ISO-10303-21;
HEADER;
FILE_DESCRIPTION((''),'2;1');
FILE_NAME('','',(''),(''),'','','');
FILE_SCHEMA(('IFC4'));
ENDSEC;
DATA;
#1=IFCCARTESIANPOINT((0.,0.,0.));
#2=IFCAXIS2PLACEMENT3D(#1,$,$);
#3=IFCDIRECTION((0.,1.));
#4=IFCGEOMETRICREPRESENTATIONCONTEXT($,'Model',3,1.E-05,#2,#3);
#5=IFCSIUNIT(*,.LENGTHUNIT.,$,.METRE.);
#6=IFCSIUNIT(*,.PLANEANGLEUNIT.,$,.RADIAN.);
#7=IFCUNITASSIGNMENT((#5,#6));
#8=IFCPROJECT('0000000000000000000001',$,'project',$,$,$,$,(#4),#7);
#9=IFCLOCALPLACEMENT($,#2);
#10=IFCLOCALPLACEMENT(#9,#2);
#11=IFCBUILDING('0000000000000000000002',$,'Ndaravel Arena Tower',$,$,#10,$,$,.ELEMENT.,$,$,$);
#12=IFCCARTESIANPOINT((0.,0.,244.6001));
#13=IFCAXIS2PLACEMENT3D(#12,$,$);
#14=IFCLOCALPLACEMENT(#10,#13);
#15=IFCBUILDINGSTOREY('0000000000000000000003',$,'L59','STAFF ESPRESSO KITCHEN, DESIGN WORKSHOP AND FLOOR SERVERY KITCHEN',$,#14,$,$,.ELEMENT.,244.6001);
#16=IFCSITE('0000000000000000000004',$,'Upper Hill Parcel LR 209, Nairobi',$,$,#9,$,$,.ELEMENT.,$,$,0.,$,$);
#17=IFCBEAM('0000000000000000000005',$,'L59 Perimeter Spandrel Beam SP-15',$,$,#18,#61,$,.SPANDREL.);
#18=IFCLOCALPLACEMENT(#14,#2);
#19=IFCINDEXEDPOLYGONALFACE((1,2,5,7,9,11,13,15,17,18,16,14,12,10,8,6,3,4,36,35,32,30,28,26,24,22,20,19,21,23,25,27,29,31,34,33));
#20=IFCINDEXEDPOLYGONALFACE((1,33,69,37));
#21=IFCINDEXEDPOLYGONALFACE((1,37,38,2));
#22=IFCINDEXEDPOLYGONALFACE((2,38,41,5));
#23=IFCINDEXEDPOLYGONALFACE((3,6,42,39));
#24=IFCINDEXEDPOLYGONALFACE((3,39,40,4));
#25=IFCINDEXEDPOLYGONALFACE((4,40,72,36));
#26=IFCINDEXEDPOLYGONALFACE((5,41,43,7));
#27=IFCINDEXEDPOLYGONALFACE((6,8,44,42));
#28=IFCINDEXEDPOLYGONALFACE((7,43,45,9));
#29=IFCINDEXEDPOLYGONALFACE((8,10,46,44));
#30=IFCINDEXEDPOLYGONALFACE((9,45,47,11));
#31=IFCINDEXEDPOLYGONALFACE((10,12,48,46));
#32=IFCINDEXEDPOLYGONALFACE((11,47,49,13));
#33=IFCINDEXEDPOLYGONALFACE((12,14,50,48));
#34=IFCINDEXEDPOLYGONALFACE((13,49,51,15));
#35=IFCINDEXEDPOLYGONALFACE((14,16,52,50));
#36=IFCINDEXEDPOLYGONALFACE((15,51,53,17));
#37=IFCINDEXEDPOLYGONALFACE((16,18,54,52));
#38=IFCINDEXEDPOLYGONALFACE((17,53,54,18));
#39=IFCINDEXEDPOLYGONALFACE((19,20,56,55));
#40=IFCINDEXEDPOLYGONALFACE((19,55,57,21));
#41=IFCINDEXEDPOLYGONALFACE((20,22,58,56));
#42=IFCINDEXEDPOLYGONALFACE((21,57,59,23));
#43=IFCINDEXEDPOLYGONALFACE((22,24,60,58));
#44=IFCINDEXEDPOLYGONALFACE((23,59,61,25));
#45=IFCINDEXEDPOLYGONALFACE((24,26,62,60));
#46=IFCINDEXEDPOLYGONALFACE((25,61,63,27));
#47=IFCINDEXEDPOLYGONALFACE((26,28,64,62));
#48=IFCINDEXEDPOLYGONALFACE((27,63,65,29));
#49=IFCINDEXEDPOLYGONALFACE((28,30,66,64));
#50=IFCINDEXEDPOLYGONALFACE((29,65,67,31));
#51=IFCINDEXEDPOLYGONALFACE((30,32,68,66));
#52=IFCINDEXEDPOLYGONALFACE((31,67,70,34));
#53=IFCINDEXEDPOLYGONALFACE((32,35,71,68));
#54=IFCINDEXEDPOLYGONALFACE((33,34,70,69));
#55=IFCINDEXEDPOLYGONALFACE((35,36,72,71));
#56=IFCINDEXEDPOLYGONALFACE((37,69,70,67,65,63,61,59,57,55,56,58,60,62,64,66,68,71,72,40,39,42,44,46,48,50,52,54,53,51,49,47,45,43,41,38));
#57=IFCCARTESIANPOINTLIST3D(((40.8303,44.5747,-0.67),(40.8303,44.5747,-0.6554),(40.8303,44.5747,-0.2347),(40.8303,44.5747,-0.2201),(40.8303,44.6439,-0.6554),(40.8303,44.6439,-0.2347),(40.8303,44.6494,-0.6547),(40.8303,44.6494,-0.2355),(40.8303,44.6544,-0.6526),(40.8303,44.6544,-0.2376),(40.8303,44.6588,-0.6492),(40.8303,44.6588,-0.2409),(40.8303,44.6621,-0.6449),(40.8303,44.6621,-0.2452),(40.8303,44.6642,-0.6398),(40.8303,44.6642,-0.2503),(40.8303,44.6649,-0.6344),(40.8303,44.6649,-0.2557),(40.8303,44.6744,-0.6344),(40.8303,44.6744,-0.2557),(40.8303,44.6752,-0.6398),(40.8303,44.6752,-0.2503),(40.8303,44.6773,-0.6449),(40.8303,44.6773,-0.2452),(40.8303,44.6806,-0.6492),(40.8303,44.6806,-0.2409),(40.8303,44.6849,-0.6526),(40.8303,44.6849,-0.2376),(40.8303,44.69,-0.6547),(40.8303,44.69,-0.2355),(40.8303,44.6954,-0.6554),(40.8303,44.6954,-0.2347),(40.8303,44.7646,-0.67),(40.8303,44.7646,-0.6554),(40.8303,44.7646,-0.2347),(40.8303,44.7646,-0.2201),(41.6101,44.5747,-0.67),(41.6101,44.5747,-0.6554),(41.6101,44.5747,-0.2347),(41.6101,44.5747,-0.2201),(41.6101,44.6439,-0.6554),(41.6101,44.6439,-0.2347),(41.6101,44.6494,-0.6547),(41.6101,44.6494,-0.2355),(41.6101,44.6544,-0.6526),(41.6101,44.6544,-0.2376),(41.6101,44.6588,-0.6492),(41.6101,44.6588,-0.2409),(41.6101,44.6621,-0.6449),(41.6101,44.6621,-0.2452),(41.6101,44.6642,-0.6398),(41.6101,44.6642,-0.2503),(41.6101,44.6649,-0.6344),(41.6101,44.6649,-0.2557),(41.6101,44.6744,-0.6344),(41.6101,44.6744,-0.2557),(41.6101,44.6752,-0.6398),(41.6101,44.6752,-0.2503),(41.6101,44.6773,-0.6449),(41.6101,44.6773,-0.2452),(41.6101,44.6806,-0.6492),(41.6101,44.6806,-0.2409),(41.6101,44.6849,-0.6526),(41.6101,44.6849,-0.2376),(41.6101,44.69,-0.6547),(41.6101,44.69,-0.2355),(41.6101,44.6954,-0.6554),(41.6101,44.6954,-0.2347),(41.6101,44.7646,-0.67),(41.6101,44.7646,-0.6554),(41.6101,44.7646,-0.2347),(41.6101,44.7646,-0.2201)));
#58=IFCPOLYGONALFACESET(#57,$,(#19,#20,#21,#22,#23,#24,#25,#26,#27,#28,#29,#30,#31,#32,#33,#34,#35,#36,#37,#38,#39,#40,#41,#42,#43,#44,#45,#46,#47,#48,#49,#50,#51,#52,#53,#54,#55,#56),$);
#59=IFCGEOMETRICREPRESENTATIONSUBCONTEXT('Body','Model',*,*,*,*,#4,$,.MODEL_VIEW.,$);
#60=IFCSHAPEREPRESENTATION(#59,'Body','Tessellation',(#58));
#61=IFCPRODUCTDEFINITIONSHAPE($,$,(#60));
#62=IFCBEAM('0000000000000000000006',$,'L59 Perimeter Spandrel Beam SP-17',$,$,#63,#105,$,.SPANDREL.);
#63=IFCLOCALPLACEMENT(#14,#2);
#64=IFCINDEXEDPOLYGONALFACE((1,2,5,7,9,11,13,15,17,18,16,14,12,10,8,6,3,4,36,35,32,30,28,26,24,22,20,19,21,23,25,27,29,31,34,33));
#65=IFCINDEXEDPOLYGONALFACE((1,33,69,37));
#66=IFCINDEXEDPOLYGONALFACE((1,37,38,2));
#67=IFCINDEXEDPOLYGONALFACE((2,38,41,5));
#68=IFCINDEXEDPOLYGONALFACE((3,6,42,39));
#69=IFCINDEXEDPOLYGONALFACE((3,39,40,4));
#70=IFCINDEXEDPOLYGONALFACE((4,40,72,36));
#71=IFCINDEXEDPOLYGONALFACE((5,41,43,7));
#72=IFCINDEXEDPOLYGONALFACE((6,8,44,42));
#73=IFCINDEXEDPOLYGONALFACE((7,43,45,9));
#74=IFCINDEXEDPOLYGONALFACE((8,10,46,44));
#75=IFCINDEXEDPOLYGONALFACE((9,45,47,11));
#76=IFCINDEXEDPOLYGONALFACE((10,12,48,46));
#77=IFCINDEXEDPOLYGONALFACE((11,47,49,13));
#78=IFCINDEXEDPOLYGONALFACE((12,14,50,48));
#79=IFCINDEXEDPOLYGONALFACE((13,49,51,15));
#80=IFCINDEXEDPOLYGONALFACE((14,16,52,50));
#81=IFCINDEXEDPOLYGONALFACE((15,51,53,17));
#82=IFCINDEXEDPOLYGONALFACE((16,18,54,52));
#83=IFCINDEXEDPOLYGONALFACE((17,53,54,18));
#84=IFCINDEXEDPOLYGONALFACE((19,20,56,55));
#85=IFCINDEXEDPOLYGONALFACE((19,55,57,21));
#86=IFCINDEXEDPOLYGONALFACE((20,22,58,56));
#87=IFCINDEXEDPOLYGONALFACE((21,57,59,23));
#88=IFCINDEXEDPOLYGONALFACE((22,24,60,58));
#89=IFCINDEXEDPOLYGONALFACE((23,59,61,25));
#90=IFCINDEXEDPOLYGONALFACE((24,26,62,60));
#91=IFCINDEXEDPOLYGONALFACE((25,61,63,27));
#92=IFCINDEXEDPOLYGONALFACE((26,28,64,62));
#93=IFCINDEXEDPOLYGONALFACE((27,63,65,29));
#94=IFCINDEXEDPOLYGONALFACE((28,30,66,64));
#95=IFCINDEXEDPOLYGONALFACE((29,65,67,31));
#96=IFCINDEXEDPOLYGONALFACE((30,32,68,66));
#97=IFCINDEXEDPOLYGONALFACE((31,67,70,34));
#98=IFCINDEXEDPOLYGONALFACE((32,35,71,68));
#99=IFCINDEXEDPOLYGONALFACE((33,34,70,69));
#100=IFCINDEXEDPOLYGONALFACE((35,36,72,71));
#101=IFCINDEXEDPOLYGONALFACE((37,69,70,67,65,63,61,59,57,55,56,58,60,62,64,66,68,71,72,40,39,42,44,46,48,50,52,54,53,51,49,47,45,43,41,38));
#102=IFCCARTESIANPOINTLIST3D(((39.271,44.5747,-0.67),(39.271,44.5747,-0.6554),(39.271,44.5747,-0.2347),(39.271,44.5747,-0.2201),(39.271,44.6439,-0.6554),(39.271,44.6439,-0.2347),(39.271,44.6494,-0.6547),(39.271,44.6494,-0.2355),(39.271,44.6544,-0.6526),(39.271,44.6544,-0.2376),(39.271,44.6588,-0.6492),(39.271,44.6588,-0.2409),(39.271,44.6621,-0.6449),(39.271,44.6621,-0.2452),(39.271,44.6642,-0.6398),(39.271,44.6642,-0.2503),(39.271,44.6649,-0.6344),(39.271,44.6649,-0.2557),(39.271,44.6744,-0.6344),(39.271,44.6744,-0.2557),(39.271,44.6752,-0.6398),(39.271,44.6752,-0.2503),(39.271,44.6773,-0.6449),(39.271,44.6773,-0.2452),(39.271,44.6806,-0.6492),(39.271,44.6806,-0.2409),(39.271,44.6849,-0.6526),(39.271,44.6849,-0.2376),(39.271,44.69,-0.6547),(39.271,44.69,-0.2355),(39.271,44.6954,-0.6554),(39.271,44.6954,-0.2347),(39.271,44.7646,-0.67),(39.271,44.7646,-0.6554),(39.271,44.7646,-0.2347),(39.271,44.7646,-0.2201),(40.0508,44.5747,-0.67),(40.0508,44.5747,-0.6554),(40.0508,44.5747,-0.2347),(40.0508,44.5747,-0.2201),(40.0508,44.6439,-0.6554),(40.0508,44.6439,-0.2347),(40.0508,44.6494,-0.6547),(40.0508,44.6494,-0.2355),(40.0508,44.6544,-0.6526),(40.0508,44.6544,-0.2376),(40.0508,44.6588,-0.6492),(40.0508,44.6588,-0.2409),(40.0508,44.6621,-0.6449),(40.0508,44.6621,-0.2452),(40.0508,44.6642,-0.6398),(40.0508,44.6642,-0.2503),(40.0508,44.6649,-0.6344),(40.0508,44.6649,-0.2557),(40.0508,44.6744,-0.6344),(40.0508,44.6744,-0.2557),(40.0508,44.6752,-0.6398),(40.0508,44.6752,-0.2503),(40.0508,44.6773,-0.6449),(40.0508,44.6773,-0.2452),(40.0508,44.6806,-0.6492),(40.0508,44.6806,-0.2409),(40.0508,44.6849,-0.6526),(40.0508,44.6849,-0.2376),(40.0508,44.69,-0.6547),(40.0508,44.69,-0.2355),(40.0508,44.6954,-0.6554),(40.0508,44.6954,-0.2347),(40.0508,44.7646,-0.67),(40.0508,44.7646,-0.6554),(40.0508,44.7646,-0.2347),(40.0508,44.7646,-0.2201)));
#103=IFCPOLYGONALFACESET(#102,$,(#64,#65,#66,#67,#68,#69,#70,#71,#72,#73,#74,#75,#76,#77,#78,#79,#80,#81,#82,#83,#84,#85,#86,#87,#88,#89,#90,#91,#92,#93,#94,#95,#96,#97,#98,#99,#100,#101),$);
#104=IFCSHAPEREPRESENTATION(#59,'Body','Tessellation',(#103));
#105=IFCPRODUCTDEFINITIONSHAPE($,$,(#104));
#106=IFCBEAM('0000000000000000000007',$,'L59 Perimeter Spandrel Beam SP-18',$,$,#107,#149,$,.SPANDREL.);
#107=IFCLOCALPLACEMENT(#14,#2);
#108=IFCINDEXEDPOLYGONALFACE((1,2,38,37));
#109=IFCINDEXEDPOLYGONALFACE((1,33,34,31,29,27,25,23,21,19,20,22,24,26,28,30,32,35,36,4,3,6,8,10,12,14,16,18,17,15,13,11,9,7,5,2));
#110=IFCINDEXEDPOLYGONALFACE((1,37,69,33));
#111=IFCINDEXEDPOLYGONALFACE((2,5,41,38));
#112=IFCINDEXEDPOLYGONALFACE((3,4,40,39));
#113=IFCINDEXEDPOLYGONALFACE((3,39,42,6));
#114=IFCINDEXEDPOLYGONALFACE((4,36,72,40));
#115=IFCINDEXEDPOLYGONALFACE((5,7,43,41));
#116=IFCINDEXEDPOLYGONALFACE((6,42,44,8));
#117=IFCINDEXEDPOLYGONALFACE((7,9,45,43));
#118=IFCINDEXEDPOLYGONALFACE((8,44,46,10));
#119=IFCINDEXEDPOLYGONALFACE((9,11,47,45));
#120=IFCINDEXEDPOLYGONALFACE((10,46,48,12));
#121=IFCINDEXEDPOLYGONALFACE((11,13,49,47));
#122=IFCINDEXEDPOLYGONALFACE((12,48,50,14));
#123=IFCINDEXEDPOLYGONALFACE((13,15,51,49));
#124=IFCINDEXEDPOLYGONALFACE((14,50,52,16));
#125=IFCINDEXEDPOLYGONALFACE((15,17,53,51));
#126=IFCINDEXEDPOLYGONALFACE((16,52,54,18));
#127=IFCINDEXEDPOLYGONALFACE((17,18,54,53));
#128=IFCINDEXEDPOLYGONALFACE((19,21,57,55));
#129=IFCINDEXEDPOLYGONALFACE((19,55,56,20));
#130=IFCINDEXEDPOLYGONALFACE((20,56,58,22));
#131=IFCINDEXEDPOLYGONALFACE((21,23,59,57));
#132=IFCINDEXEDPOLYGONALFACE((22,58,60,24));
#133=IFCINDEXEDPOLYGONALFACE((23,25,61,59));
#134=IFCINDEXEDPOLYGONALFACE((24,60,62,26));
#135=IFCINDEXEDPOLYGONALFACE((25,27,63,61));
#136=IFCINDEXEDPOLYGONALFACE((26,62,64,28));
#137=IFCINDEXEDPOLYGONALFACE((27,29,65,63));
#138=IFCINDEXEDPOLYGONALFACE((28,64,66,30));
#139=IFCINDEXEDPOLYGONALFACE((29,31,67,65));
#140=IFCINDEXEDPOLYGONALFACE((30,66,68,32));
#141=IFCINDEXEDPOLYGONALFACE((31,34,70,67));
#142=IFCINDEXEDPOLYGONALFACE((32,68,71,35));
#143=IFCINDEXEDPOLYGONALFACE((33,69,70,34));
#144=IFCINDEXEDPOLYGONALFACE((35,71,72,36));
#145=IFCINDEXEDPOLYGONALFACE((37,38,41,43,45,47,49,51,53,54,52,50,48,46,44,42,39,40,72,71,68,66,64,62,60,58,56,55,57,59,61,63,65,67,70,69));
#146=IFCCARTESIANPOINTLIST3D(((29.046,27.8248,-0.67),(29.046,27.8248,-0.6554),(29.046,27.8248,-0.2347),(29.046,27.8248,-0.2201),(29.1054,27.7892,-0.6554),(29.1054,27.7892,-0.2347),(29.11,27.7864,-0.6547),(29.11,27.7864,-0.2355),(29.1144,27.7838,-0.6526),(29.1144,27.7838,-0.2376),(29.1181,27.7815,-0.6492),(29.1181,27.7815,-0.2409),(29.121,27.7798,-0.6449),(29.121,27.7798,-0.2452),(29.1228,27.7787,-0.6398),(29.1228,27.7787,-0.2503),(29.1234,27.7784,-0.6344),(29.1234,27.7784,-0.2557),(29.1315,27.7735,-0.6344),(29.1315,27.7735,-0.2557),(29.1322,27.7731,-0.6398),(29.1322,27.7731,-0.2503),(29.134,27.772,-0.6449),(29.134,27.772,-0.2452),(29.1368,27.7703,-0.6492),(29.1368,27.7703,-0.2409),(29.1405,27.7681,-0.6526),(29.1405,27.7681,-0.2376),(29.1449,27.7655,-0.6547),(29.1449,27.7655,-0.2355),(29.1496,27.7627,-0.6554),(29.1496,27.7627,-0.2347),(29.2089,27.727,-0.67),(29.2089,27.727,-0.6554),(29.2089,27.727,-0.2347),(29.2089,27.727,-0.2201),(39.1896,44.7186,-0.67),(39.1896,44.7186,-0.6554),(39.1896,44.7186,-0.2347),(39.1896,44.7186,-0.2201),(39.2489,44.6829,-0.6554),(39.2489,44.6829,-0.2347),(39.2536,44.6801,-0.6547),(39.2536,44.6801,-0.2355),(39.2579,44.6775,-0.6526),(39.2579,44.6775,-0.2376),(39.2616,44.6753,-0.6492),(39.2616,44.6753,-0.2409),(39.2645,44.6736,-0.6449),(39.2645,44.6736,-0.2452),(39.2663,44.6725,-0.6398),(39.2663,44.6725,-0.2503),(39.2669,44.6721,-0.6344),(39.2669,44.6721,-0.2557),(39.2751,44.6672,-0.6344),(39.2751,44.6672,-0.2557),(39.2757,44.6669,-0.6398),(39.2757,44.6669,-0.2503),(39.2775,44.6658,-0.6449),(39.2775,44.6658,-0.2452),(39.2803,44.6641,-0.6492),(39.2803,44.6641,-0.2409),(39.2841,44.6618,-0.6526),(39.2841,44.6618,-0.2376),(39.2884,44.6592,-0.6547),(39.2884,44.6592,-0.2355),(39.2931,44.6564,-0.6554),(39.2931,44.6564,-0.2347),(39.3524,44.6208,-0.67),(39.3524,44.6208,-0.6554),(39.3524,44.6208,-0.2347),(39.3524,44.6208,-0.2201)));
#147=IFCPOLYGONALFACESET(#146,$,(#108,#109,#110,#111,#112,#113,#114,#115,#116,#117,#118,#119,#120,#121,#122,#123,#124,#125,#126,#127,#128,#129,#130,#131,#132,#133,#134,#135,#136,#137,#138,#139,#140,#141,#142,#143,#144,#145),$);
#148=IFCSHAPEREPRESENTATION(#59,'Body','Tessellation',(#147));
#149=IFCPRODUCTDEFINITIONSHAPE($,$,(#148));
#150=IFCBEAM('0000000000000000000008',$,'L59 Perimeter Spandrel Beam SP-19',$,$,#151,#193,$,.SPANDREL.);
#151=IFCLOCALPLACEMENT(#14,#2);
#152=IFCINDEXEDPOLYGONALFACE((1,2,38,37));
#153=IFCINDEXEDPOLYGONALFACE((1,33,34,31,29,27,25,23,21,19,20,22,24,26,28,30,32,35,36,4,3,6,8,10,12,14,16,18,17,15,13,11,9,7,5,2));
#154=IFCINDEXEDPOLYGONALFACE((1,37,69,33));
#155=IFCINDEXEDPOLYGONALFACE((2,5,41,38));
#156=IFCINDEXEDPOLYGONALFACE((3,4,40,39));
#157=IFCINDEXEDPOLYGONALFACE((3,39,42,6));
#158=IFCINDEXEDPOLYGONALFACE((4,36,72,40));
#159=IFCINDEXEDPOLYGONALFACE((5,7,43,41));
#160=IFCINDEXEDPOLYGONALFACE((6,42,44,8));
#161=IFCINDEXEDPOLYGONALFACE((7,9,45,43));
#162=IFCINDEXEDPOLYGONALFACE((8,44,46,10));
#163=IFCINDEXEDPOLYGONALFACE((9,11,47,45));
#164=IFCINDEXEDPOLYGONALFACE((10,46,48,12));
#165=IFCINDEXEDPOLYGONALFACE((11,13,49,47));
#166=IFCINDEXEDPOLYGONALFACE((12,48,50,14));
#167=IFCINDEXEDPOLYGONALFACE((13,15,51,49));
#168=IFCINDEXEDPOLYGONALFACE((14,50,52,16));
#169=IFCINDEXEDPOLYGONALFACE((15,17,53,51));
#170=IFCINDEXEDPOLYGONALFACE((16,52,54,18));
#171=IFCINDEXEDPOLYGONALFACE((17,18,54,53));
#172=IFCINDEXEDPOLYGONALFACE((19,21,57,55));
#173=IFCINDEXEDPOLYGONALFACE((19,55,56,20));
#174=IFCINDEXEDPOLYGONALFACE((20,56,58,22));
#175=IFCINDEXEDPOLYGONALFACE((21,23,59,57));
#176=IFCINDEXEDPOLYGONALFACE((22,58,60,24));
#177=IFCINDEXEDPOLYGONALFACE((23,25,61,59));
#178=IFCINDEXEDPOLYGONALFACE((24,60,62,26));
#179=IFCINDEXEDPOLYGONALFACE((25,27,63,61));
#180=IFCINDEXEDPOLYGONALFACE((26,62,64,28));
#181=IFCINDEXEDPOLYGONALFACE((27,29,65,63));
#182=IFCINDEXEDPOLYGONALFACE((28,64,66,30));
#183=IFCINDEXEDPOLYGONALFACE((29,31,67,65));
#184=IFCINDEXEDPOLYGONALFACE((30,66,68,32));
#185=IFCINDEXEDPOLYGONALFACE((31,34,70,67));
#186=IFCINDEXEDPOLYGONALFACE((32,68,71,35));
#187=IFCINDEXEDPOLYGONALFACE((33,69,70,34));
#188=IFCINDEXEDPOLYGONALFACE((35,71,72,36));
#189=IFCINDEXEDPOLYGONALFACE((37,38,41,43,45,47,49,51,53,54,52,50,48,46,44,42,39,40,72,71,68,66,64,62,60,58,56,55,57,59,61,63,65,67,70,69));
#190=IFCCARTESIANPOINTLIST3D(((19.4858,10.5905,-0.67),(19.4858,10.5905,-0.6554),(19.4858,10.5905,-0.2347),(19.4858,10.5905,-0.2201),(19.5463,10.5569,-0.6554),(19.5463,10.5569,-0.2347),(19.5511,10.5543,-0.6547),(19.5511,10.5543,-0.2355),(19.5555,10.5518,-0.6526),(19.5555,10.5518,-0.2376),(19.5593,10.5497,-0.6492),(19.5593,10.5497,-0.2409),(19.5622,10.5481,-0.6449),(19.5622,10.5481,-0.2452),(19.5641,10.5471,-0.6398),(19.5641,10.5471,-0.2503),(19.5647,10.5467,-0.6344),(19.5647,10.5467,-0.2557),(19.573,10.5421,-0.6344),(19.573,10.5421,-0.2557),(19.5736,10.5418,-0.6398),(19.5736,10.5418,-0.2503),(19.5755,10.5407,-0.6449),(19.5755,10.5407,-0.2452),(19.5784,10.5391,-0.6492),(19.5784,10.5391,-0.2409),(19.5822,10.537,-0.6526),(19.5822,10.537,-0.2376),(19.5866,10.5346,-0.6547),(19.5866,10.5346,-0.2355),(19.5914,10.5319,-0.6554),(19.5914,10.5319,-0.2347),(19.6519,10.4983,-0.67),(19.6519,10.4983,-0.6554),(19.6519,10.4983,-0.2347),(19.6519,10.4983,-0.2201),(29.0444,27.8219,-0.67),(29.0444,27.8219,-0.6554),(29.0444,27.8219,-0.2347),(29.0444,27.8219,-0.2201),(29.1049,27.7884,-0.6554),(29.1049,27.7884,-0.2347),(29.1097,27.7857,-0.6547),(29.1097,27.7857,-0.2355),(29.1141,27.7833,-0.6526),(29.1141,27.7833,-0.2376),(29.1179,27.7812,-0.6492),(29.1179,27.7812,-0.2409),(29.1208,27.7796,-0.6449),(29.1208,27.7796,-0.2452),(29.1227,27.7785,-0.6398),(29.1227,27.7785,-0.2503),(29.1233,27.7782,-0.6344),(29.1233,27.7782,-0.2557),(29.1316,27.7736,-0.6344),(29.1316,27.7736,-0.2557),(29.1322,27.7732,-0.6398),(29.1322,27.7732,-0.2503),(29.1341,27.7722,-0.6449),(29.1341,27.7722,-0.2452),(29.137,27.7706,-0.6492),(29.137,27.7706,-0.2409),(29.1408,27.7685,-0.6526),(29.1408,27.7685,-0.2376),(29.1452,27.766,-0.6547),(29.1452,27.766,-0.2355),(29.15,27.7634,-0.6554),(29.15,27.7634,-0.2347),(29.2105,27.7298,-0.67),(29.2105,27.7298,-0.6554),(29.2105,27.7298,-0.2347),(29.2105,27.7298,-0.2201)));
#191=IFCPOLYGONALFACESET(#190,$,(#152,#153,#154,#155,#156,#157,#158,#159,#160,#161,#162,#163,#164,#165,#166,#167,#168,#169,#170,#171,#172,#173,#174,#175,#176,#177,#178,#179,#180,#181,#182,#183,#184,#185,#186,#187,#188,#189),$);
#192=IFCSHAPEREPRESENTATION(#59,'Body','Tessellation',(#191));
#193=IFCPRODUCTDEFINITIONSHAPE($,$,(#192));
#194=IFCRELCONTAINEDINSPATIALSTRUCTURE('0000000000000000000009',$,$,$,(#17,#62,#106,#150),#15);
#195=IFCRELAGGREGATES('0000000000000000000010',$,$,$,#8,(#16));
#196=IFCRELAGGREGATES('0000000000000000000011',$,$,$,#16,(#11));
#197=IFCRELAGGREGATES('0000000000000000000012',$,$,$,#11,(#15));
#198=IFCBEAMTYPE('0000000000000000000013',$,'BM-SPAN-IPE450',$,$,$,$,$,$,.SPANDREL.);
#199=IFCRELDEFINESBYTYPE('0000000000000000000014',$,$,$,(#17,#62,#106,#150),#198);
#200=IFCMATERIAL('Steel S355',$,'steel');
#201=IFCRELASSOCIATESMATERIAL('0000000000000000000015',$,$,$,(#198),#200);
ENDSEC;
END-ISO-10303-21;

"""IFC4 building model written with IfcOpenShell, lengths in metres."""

from ifc_helpers import new_model, si_unit, direction, frame, origin, origin_2d, place, context, subcontext, project, spatial, i_section, extrude, material, material_profile, profile_set, type_object, element, save


model = new_model("IFC4")

# Units and contexts
model_context = context("Model", 3, precision=1e-05, world=origin(), true_north=direction((0.0, 1.0)))
body_context = subcontext(model_context, "Body", "Model", "MODEL_VIEW")
ifc_project = project(units=[si_unit("LENGTHUNIT", "METRE"), si_unit("PLANEANGLEUNIT", "RADIAN")], contexts=[model_context])

# Site, building, storey
site_placement = place(None, origin())
site = spatial("IfcSite", under=ifc_project, at=site_placement, Name="Upper Hill Parcel LR 209, Nairobi", CompositionType="ELEMENT", RefElevation=0.0)
building_placement = place(site_placement, origin())
building = spatial("IfcBuilding", under=site, at=building_placement, Name="Ndaravel Arena Tower", CompositionType="ELEMENT")
storey_placement = place(building_placement, frame((0.0, 0.0, 244.6001)))
storey = spatial("IfcBuildingStorey", under=building, at=storey_placement, Name="L59", Description="STAFF ESPRESSO KITCHEN, DESIGN WORKSHOP AND FLOOR SERVERY KITCHEN", CompositionType="ELEMENT", Elevation=244.6001)

# Beams
ifc_material_1 = material(Name="Steel S355", Category="steel")
ifc_material_profile_1 = material_profile(ifc_material_1, i_section(OverallWidth=0.1899, OverallDepth=0.45, WebThickness=0.0095, FlangeThickness=0.0146, FilletRadius=0.021, at=origin_2d()), Name="IPE 450")
ifc_profile_set_1 = profile_set([ifc_material_profile_1], Name="Steel S355")
beam_type_1 = type_object("IfcBeamType", Name="BM-SPAN-IPE450", PredefinedType="SPANDREL", material=ifc_profile_set_1)
for number, where, z_axis, x_axis, name in (
    (1, (41.6101, 44.6697, -0.4451), (-1.0, 0.0, 0.0), (0.0, -1.0, 0.0), "L59 Perimeter Spandrel Beam SP-15"),
    (2, (40.0508, 44.6697, -0.4451), (-1.0, 0.0, 0.0), (0.0, -1.0, 0.0), "L59 Perimeter Spandrel Beam SP-17"),
):
    element("IfcBeam", number, at=place(storey_placement, frame(where, z_axis=z_axis, x_axis=x_axis)), inside=storey, type_object=beam_type_1, Name=name, PredefinedType="SPANDREL", context=body_context, shape_type="SweptSolid", body=[
        extrude(i_section(OverallWidth=0.1899, OverallDepth=0.45, WebThickness=0.0095, FlangeThickness=0.0146, FilletRadius=0.021, at=origin_2d()), origin(), (0.0, 0.0, 1.0), 0.7798),
    ])
for number, where, z_axis, x_axis, name in (
    (3, (39.271, 44.6697, -0.4451), (-0.514767, -0.85733, 0.0), (0.85733, -0.514767, 0.0), "L59 Perimeter Spandrel Beam SP-18"),
    (4, (29.1274, 27.7759, -0.4451), (-0.485083, -0.874468, 0.0), (0.874468, -0.485083, 0.0), "L59 Perimeter Spandrel Beam SP-19"),
):
    element("IfcBeam", number, at=place(storey_placement, frame(where, z_axis=z_axis, x_axis=x_axis)), inside=storey, type_object=beam_type_1, Name=name, PredefinedType="SPANDREL", context=body_context, shape_type="SweptSolid", body=[
        extrude(i_section(OverallWidth=0.1899, OverallDepth=0.45, WebThickness=0.0095, FlangeThickness=0.0146, FilletRadius=0.021, at=origin_2d()), origin(), (0.0, 0.0, 1.0), 19.7051),
    ])

save(model, "model.ifc")
